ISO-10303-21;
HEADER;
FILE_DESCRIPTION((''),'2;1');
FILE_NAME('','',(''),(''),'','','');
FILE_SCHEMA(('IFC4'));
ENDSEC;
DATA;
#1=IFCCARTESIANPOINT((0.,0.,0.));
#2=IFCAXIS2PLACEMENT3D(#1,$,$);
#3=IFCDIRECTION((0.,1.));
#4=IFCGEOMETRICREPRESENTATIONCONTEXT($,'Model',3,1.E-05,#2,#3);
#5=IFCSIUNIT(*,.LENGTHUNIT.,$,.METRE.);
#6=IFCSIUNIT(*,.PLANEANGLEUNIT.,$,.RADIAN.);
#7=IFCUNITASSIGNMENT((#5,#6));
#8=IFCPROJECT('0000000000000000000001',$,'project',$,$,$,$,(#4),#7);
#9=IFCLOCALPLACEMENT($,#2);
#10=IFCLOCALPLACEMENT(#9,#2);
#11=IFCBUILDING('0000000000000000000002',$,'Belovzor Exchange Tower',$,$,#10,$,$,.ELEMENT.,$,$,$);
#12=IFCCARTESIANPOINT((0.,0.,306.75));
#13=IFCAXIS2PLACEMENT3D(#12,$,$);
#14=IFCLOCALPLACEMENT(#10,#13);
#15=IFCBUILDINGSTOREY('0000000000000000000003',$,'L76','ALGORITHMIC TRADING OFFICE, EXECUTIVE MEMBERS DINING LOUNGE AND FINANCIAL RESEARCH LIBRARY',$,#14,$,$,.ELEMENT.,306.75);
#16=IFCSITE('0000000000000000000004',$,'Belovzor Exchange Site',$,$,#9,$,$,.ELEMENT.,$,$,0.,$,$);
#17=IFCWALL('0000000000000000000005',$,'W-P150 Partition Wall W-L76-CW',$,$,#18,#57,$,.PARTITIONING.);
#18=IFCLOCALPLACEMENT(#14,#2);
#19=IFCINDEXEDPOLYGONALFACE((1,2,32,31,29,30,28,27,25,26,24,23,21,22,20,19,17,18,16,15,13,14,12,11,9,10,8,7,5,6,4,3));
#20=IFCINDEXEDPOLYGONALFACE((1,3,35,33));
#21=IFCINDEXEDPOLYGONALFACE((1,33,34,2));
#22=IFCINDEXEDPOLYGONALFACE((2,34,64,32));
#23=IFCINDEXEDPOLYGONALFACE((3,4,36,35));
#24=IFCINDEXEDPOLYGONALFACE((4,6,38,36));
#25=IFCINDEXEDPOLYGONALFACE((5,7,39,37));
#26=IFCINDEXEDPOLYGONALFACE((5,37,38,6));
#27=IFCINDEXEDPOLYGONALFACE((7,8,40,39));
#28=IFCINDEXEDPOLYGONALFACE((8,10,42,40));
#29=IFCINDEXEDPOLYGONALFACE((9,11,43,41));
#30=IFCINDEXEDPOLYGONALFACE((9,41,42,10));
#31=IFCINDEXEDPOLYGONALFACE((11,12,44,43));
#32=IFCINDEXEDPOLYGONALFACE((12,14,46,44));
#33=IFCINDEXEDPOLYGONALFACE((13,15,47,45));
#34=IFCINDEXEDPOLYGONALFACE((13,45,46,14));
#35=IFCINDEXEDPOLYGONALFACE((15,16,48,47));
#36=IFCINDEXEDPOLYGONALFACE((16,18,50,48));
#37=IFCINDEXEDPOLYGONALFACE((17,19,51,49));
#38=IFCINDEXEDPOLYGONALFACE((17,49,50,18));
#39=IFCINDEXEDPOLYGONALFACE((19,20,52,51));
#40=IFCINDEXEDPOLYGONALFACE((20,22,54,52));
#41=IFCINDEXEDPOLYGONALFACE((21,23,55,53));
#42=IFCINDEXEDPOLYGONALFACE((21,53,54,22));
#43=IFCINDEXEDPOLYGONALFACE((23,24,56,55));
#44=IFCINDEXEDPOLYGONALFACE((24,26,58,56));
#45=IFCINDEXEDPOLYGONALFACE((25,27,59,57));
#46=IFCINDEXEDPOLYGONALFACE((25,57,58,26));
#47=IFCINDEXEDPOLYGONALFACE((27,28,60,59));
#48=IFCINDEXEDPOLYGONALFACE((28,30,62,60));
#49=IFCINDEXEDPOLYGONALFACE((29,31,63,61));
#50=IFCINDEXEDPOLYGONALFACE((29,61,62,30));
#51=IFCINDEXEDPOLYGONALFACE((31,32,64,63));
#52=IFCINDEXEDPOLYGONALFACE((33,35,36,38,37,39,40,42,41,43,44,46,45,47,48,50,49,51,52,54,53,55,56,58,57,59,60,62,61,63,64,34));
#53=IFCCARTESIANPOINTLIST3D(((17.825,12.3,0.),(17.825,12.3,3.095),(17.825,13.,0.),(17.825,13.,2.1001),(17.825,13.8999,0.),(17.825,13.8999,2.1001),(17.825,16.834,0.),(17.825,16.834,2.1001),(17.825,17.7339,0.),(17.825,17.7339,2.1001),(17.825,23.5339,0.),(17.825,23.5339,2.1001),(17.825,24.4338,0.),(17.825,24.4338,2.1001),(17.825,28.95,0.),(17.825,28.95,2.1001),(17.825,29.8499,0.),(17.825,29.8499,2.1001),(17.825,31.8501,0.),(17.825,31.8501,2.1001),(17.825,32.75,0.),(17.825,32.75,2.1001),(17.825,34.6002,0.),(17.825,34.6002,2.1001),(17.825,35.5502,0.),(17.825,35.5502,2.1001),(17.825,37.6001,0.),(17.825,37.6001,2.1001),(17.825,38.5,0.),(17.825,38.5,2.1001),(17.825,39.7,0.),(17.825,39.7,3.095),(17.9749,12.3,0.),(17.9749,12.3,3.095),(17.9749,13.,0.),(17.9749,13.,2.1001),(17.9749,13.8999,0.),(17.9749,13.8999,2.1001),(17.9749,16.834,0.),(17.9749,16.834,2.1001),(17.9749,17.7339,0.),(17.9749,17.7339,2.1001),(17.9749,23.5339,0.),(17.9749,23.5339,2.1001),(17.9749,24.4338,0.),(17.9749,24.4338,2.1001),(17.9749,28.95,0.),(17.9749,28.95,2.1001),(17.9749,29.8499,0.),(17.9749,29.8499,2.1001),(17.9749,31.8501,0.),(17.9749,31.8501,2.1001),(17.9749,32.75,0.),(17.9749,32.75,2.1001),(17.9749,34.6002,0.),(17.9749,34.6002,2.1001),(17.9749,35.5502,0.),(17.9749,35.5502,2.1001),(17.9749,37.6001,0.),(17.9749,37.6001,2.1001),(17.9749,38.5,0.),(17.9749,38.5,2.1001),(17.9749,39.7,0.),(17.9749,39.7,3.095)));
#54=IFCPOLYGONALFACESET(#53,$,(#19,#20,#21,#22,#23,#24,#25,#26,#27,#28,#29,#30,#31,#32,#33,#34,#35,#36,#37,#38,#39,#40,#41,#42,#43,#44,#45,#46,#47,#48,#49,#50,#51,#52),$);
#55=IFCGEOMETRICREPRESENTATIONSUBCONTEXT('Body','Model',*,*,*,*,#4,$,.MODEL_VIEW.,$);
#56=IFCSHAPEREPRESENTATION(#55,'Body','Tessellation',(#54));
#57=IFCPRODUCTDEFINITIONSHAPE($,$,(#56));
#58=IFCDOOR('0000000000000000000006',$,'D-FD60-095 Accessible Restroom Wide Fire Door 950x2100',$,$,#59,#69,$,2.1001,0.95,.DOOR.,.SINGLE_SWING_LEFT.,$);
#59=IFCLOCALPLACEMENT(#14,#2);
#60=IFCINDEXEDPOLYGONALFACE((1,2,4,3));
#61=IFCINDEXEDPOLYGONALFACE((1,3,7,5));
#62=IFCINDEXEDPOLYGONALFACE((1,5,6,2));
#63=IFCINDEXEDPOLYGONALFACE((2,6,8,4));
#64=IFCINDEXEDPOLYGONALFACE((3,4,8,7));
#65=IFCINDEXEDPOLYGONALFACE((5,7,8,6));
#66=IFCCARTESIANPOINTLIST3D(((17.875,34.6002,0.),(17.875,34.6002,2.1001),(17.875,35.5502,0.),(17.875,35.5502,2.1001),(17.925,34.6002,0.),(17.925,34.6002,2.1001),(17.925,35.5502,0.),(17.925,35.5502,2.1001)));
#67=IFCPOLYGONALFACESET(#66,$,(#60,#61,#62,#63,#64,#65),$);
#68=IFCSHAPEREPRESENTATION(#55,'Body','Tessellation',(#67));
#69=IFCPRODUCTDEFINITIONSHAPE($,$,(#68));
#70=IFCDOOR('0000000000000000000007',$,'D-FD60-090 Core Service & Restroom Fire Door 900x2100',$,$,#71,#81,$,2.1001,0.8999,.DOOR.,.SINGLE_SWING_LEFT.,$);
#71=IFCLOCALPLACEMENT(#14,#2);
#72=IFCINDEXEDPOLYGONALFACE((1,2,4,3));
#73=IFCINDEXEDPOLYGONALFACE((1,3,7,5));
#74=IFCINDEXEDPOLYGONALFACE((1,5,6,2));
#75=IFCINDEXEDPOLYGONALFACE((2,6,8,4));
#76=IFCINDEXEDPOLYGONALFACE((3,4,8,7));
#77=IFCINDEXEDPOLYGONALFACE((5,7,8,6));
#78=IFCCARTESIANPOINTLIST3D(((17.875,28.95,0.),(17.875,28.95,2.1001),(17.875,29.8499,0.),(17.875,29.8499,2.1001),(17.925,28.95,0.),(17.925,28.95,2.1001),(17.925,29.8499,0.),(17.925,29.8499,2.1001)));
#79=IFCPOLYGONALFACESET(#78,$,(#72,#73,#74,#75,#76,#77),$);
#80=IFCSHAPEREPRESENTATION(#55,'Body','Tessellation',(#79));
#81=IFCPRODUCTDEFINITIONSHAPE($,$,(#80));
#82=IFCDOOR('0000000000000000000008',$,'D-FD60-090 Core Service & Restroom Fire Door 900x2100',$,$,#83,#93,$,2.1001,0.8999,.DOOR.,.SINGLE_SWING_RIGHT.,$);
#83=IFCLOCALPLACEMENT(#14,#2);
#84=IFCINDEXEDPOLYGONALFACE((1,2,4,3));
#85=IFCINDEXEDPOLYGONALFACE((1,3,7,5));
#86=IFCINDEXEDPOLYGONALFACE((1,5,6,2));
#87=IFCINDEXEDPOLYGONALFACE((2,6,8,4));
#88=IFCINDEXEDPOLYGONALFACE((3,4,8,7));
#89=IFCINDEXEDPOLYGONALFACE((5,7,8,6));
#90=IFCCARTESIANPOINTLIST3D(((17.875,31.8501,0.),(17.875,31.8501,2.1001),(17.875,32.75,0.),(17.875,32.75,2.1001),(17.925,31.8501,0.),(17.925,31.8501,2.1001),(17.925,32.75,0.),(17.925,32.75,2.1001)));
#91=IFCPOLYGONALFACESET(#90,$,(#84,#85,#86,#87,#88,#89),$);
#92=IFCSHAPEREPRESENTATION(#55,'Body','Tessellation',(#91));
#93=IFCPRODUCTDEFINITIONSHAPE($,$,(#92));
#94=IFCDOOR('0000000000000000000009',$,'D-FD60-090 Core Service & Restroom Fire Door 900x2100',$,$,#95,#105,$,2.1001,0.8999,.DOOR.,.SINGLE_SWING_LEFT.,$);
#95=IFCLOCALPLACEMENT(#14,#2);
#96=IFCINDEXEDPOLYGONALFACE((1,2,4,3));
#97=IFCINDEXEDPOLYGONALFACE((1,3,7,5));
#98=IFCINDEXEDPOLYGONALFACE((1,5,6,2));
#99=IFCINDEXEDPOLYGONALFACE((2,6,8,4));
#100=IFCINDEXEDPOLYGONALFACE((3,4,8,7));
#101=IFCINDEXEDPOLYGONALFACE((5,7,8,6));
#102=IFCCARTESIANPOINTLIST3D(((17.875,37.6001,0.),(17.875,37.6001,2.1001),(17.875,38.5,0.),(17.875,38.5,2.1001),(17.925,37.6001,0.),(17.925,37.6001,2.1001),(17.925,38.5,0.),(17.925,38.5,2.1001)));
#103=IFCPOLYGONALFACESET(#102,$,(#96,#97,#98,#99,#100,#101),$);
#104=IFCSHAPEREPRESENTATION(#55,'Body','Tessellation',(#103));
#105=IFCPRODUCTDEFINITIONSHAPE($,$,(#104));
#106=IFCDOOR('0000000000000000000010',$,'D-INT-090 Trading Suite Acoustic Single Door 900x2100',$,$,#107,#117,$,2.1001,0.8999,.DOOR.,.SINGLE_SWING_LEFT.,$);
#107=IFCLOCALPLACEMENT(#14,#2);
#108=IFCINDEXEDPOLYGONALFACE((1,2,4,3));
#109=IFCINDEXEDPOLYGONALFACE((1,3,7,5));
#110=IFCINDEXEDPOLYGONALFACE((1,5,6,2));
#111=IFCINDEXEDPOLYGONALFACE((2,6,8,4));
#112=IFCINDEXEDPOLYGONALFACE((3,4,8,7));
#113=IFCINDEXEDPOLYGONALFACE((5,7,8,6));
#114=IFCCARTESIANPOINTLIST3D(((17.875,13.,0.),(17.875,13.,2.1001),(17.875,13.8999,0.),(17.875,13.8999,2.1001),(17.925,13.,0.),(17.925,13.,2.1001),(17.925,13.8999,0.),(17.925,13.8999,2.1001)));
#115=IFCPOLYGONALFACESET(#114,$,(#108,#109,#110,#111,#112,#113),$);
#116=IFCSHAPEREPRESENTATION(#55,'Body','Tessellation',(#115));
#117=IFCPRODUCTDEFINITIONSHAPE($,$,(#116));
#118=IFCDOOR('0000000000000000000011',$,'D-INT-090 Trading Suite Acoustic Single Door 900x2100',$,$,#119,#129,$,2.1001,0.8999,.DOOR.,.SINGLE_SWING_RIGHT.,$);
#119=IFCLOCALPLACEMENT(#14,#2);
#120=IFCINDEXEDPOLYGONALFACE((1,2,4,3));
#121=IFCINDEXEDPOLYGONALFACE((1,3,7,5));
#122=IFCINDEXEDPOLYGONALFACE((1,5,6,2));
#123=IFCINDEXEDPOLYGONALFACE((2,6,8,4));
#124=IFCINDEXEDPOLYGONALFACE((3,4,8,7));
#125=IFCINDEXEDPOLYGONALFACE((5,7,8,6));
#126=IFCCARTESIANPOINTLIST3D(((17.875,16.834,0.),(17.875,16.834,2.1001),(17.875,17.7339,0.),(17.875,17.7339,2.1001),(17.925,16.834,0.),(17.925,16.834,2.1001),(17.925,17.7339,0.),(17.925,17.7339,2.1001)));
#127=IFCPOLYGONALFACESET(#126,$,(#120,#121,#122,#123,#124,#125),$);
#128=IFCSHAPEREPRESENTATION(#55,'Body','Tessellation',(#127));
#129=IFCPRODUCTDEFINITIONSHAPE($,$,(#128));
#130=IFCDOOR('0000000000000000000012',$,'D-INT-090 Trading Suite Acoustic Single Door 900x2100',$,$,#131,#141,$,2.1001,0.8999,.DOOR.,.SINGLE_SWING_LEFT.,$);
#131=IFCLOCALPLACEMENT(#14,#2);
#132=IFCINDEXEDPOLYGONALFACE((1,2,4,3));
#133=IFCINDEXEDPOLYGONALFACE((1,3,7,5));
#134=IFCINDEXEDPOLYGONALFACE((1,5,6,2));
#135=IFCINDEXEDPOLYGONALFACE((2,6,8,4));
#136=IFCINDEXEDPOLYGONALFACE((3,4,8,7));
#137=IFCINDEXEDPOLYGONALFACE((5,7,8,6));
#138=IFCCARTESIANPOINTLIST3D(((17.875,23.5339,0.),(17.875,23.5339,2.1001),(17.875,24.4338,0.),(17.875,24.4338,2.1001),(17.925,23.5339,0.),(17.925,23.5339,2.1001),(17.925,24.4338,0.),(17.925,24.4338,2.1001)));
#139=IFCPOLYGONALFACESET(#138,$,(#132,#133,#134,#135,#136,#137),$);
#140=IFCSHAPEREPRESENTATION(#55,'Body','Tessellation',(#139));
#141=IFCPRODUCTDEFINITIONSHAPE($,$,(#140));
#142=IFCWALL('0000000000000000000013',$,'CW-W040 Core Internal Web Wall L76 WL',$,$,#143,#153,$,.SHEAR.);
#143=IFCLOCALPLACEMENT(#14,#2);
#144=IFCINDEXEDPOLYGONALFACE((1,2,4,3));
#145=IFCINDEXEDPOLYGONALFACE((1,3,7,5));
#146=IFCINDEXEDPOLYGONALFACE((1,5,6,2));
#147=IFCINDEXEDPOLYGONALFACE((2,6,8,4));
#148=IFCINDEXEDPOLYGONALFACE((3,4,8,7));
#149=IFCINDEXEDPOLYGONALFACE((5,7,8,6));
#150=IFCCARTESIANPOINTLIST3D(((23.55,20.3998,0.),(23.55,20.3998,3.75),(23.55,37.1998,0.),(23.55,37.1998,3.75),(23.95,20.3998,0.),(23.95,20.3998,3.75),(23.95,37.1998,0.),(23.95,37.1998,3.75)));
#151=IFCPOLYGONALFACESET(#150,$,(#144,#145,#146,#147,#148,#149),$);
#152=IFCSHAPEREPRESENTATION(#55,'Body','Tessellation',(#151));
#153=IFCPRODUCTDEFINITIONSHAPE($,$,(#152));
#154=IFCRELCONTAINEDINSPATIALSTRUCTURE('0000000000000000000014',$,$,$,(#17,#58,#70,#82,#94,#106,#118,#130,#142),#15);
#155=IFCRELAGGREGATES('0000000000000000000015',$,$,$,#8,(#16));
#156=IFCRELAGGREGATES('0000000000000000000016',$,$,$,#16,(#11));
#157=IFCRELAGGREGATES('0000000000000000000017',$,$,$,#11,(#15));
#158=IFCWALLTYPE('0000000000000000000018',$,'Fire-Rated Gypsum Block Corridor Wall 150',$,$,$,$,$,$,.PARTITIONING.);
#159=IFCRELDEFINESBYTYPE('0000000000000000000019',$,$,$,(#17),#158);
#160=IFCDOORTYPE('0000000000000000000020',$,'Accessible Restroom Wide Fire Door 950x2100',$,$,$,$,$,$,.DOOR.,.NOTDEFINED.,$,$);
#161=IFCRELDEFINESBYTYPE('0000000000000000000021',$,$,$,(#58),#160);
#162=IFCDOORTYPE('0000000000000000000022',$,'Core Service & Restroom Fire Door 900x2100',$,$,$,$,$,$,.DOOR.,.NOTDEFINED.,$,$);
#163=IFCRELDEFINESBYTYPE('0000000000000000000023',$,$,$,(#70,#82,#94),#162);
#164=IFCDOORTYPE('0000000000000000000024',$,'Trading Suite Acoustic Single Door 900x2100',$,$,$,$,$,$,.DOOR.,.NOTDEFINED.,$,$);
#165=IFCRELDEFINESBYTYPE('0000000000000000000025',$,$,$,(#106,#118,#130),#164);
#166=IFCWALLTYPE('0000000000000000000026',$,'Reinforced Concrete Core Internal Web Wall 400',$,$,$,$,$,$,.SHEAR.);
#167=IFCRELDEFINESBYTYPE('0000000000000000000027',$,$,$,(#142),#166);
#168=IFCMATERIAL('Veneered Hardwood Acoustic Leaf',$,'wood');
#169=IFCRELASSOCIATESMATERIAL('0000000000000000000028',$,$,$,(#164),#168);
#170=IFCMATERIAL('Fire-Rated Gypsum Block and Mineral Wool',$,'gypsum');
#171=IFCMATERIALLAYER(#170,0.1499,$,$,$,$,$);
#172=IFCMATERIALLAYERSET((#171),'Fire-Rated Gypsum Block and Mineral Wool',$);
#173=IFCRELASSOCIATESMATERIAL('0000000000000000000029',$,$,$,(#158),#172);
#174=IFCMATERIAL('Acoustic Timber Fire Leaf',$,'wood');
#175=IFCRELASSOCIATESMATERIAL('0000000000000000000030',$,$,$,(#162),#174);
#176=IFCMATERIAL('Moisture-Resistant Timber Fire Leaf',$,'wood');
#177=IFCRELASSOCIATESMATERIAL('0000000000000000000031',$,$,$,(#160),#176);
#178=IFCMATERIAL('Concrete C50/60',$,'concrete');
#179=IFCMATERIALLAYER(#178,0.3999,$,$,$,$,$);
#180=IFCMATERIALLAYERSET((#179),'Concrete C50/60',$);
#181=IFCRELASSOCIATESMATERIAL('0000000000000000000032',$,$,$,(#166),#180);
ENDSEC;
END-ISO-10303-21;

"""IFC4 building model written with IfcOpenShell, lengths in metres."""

from ifc_helpers import new_model, si_unit, direction, frame, frame_2d, origin, place, context, subcontext, project, spatial, rectangle, extrude, material, layer, layer_set, type_object, element, fill, save


model = new_model("IFC4")

# Units and contexts
model_context = context("Model", 3, precision=1e-05, world=origin(), true_north=direction((0.0, 1.0)))
body_context = subcontext(model_context, "Body", "Model", "MODEL_VIEW")
ifc_project = project(units=[si_unit("LENGTHUNIT", "METRE"), si_unit("PLANEANGLEUNIT", "RADIAN")], contexts=[model_context])

# Site, building, storey
site_placement = place(None, origin())
site = spatial("IfcSite", under=ifc_project, at=site_placement, Name="Belovzor Exchange Site", CompositionType="ELEMENT", RefElevation=0.0)
building_placement = place(site_placement, origin())
building = spatial("IfcBuilding", under=site, at=building_placement, Name="Belovzor Exchange Tower", CompositionType="ELEMENT")
storey_placement = place(building_placement, frame((0.0, 0.0, 306.75)))
storey = spatial("IfcBuildingStorey", under=building, at=storey_placement, Name="L76", Description="ALGORITHMIC TRADING OFFICE, EXECUTIVE MEMBERS DINING LOUNGE AND FINANCIAL RESEARCH LIBRARY", CompositionType="ELEMENT", Elevation=306.75)

# Shared definitions
ifc_material_1 = material(Name="Veneered Hardwood Acoustic Leaf", Category="wood")
door_type_1 = type_object("IfcDoorType", Name="Trading Suite Acoustic Single Door 900x2100", OperationType="NOTDEFINED", PredefinedType="DOOR", material=ifc_material_1)
ifc_material_2 = material(Name="Fire-Rated Gypsum Block and Mineral Wool", Category="gypsum")
ifc_layer_1 = layer(ifc_material_2, 0.1499)
ifc_layer_set_1 = layer_set([ifc_layer_1], Name="Fire-Rated Gypsum Block and Mineral Wool")
wall_type_1 = type_object("IfcWallType", Name="Fire-Rated Gypsum Block Corridor Wall 150", PredefinedType="PARTITIONING", material=ifc_layer_set_1)
ifc_material_3 = material(Name="Acoustic Timber Fire Leaf", Category="wood")
door_type_2 = type_object("IfcDoorType", Name="Core Service & Restroom Fire Door 900x2100", OperationType="NOTDEFINED", PredefinedType="DOOR", material=ifc_material_3)

# Wall, openings, doors
wall_1_placement = place(storey_placement, frame((17.8999, 12.3, 0.0), z_axis=(0.0, 0.0, 1.0), x_axis=(0.0, 1.0, 0.0)))
wall_1 = element("IfcWall", 1, at=wall_1_placement, inside=storey, type_object=wall_type_1, Name="W-P150 Partition Wall W-L76-CW", PredefinedType="PARTITIONING", context=body_context, shape_type="SweptSolid", body=[
    extrude(rectangle(XDim=27.3999, YDim=0.1499, at=frame_2d((13.7, 0.0))), origin(), (0.0, 0.0, 1.0), 3.095),
])
opening_1_placement = place(wall_1_placement, frame((0.7, 0.0, 0.0)))
opening_1 = element("IfcOpeningElement", 2, at=opening_1_placement, cuts=wall_1, PredefinedType="OPENING", context=body_context, shape_type="SweptSolid", body=[
    extrude(rectangle(XDim=0.8999, YDim=2.1001, at=frame_2d((0.45, 1.05))), frame((0.0, 0.085, 0.0), z_axis=(0.0, -1.0, 0.0), x_axis=(1.0, 0.0, 0.0)), (0.0, 0.0, 1.0), 0.1699),
])
opening_2_placement = place(wall_1_placement, frame((4.5339, 0.0, 0.0)))
opening_2 = element("IfcOpeningElement", 3, at=opening_2_placement, cuts=wall_1, PredefinedType="OPENING", context=body_context, shape_type="SweptSolid", body=[
    extrude(rectangle(XDim=0.8999, YDim=2.1001, at=frame_2d((0.45, 1.05))), frame((0.0, 0.085, 0.0), z_axis=(0.0, -1.0, 0.0), x_axis=(1.0, 0.0, 0.0)), (0.0, 0.0, 1.0), 0.1699),
])
opening_3_placement = place(wall_1_placement, frame((11.2339, 0.0, 0.0)))
opening_3 = element("IfcOpeningElement", 4, at=opening_3_placement, cuts=wall_1, PredefinedType="OPENING", context=body_context, shape_type="SweptSolid", body=[
    extrude(rectangle(XDim=0.8999, YDim=2.1001, at=frame_2d((0.45, 1.05))), frame((0.0, 0.085, 0.0), z_axis=(0.0, -1.0, 0.0), x_axis=(1.0, 0.0, 0.0)), (0.0, 0.0, 1.0), 0.1699),
])
opening_4_placement = place(wall_1_placement, frame((16.6499, 0.0, 0.0)))
opening_4 = element("IfcOpeningElement", 5, at=opening_4_placement, cuts=wall_1, PredefinedType="OPENING", context=body_context, shape_type="SweptSolid", body=[
    extrude(rectangle(XDim=0.8999, YDim=2.1001, at=frame_2d((0.45, 1.05))), frame((0.0, 0.085, 0.0), z_axis=(0.0, -1.0, 0.0), x_axis=(1.0, 0.0, 0.0)), (0.0, 0.0, 1.0), 0.1699),
])
opening_5_placement = place(wall_1_placement, frame((19.55, 0.0, 0.0)))
opening_5 = element("IfcOpeningElement", 6, at=opening_5_placement, cuts=wall_1, PredefinedType="OPENING", context=body_context, shape_type="SweptSolid", body=[
    extrude(rectangle(XDim=0.8999, YDim=2.1001, at=frame_2d((0.45, 1.05))), frame((0.0, 0.085, 0.0), z_axis=(0.0, -1.0, 0.0), x_axis=(1.0, 0.0, 0.0)), (0.0, 0.0, 1.0), 0.1699),
])
opening_6_placement = place(wall_1_placement, frame((22.3, 0.0, 0.0)))
opening_6 = element("IfcOpeningElement", 7, at=opening_6_placement, cuts=wall_1, PredefinedType="OPENING", context=body_context, shape_type="SweptSolid", body=[
    extrude(rectangle(XDim=0.95, YDim=2.1001, at=frame_2d((0.4751, 1.05))), frame((0.0, 0.085, 0.0), z_axis=(0.0, -1.0, 0.0), x_axis=(1.0, 0.0, 0.0)), (0.0, 0.0, 1.0), 0.1699),
])
opening_7_placement = place(wall_1_placement, frame((25.3, 0.0, 0.0)))
opening_7 = element("IfcOpeningElement", 8, at=opening_7_placement, cuts=wall_1, PredefinedType="OPENING", context=body_context, shape_type="SweptSolid", body=[
    extrude(rectangle(XDim=0.8999, YDim=2.1001, at=frame_2d((0.45, 1.05))), frame((0.0, 0.085, 0.0), z_axis=(0.0, -1.0, 0.0), x_axis=(1.0, 0.0, 0.0)), (0.0, 0.0, 1.0), 0.1699),
])
ifc_material_4 = material(Name="Moisture-Resistant Timber Fire Leaf", Category="wood")
door_type_3 = type_object("IfcDoorType", Name="Accessible Restroom Wide Fire Door 950x2100", OperationType="NOTDEFINED", PredefinedType="DOOR", material=ifc_material_4)
door_1_placement = place(opening_6_placement, origin())
door_1 = element("IfcDoor", 9, at=door_1_placement, inside=storey, type_object=door_type_3, Name="D-FD60-095 Accessible Restroom Wide Fire Door 950x2100", OperationType="SINGLE_SWING_LEFT", OverallHeight=2.1001, OverallWidth=0.95, PredefinedType="DOOR", context=body_context, shape_type="SweptSolid", body=[
    extrude(rectangle(XDim=0.95, YDim=2.1001, at=frame_2d((0.4751, 1.05))), frame((0.0, 0.0249, 0.0), z_axis=(0.0, -1.0, 0.0), x_axis=(1.0, 0.0, 0.0)), (0.0, 0.0, 1.0), 0.05),
])
fill(opening_6, door_1)
door_2_placement = place(opening_4_placement, origin())
door_2 = element("IfcDoor", 10, at=door_2_placement, inside=storey, type_object=door_type_2, Name="D-FD60-090 Core Service & Restroom Fire Door 900x2100", OperationType="SINGLE_SWING_LEFT", OverallHeight=2.1001, OverallWidth=0.8999, PredefinedType="DOOR", context=body_context, shape_type="SweptSolid", body=[
    extrude(rectangle(XDim=0.8999, YDim=2.1001, at=frame_2d((0.45, 1.05))), frame((0.0, 0.0249, 0.0), z_axis=(0.0, -1.0, 0.0), x_axis=(1.0, 0.0, 0.0)), (0.0, 0.0, 1.0), 0.05),
])
fill(opening_4, door_2)
door_3_placement = place(opening_5_placement, origin())
door_3 = element("IfcDoor", 11, at=door_3_placement, inside=storey, type_object=door_type_2, Name="D-FD60-090 Core Service & Restroom Fire Door 900x2100", OperationType="SINGLE_SWING_RIGHT", OverallHeight=2.1001, OverallWidth=0.8999, PredefinedType="DOOR", context=body_context, shape_type="SweptSolid", body=[
    extrude(rectangle(XDim=0.8999, YDim=2.1001, at=frame_2d((0.45, 1.05))), frame((0.0, 0.0249, 0.0), z_axis=(0.0, -1.0, 0.0), x_axis=(1.0, 0.0, 0.0)), (0.0, 0.0, 1.0), 0.05),
])
fill(opening_5, door_3)
door_4_placement = place(opening_7_placement, origin())
door_4 = element("IfcDoor", 12, at=door_4_placement, inside=storey, type_object=door_type_2, Name="D-FD60-090 Core Service & Restroom Fire Door 900x2100", OperationType="SINGLE_SWING_LEFT", OverallHeight=2.1001, OverallWidth=0.8999, PredefinedType="DOOR", context=body_context, shape_type="SweptSolid", body=[
    extrude(rectangle(XDim=0.8999, YDim=2.1001, at=frame_2d((0.45, 1.05))), frame((0.0, 0.0249, 0.0), z_axis=(0.0, -1.0, 0.0), x_axis=(1.0, 0.0, 0.0)), (0.0, 0.0, 1.0), 0.05),
])
fill(opening_7, door_4)
door_5_placement = place(opening_1_placement, origin())
door_5 = element("IfcDoor", 13, at=door_5_placement, inside=storey, type_object=door_type_1, Name="D-INT-090 Trading Suite Acoustic Single Door 900x2100", OperationType="SINGLE_SWING_LEFT", OverallHeight=2.1001, OverallWidth=0.8999, PredefinedType="DOOR", context=body_context, shape_type="SweptSolid", body=[
    extrude(rectangle(XDim=0.8999, YDim=2.1001, at=frame_2d((0.45, 1.05))), frame((0.0, 0.0249, 0.0), z_axis=(0.0, -1.0, 0.0), x_axis=(1.0, 0.0, 0.0)), (0.0, 0.0, 1.0), 0.05),
])
fill(opening_1, door_5)
door_6_placement = place(opening_2_placement, origin())
door_6 = element("IfcDoor", 14, at=door_6_placement, inside=storey, type_object=door_type_1, Name="D-INT-090 Trading Suite Acoustic Single Door 900x2100", OperationType="SINGLE_SWING_RIGHT", OverallHeight=2.1001, OverallWidth=0.8999, PredefinedType="DOOR", context=body_context, shape_type="SweptSolid", body=[
    extrude(rectangle(XDim=0.8999, YDim=2.1001, at=frame_2d((0.45, 1.05))), frame((0.0, 0.0249, 0.0), z_axis=(0.0, -1.0, 0.0), x_axis=(1.0, 0.0, 0.0)), (0.0, 0.0, 1.0), 0.05),
])
fill(opening_2, door_6)
door_7_placement = place(opening_3_placement, origin())
door_7 = element("IfcDoor", 15, at=door_7_placement, inside=storey, type_object=door_type_1, Name="D-INT-090 Trading Suite Acoustic Single Door 900x2100", OperationType="SINGLE_SWING_LEFT", OverallHeight=2.1001, OverallWidth=0.8999, PredefinedType="DOOR", context=body_context, shape_type="SweptSolid", body=[
    extrude(rectangle(XDim=0.8999, YDim=2.1001, at=frame_2d((0.45, 1.05))), frame((0.0, 0.0249, 0.0), z_axis=(0.0, -1.0, 0.0), x_axis=(1.0, 0.0, 0.0)), (0.0, 0.0, 1.0), 0.05),
])
fill(opening_3, door_7)

# Wall
ifc_material_5 = material(Name="Concrete C50/60", Category="concrete")
ifc_layer_2 = layer(ifc_material_5, 0.3999)
ifc_layer_set_2 = layer_set([ifc_layer_2], Name="Concrete C50/60")
wall_type_2 = type_object("IfcWallType", Name="Reinforced Concrete Core Internal Web Wall 400", PredefinedType="SHEAR", material=ifc_layer_set_2)
wall_2_placement = place(storey_placement, frame((23.75, 20.3999, 0.0), z_axis=(0.0, 0.0, 1.0), x_axis=(0.0, 1.0, 0.0)))
element("IfcWall", 16, at=wall_2_placement, inside=storey, type_object=wall_type_2, Name="CW-W040 Core Internal Web Wall L76 WL", PredefinedType="SHEAR", context=body_context, shape_type="SweptSolid", body=[
    extrude(rectangle(XDim=16.8, YDim=0.3999, at=frame_2d((8.3999, 0.0))), origin(), (0.0, 0.0, 1.0), 3.75),
])

save(model, "model.ifc")
